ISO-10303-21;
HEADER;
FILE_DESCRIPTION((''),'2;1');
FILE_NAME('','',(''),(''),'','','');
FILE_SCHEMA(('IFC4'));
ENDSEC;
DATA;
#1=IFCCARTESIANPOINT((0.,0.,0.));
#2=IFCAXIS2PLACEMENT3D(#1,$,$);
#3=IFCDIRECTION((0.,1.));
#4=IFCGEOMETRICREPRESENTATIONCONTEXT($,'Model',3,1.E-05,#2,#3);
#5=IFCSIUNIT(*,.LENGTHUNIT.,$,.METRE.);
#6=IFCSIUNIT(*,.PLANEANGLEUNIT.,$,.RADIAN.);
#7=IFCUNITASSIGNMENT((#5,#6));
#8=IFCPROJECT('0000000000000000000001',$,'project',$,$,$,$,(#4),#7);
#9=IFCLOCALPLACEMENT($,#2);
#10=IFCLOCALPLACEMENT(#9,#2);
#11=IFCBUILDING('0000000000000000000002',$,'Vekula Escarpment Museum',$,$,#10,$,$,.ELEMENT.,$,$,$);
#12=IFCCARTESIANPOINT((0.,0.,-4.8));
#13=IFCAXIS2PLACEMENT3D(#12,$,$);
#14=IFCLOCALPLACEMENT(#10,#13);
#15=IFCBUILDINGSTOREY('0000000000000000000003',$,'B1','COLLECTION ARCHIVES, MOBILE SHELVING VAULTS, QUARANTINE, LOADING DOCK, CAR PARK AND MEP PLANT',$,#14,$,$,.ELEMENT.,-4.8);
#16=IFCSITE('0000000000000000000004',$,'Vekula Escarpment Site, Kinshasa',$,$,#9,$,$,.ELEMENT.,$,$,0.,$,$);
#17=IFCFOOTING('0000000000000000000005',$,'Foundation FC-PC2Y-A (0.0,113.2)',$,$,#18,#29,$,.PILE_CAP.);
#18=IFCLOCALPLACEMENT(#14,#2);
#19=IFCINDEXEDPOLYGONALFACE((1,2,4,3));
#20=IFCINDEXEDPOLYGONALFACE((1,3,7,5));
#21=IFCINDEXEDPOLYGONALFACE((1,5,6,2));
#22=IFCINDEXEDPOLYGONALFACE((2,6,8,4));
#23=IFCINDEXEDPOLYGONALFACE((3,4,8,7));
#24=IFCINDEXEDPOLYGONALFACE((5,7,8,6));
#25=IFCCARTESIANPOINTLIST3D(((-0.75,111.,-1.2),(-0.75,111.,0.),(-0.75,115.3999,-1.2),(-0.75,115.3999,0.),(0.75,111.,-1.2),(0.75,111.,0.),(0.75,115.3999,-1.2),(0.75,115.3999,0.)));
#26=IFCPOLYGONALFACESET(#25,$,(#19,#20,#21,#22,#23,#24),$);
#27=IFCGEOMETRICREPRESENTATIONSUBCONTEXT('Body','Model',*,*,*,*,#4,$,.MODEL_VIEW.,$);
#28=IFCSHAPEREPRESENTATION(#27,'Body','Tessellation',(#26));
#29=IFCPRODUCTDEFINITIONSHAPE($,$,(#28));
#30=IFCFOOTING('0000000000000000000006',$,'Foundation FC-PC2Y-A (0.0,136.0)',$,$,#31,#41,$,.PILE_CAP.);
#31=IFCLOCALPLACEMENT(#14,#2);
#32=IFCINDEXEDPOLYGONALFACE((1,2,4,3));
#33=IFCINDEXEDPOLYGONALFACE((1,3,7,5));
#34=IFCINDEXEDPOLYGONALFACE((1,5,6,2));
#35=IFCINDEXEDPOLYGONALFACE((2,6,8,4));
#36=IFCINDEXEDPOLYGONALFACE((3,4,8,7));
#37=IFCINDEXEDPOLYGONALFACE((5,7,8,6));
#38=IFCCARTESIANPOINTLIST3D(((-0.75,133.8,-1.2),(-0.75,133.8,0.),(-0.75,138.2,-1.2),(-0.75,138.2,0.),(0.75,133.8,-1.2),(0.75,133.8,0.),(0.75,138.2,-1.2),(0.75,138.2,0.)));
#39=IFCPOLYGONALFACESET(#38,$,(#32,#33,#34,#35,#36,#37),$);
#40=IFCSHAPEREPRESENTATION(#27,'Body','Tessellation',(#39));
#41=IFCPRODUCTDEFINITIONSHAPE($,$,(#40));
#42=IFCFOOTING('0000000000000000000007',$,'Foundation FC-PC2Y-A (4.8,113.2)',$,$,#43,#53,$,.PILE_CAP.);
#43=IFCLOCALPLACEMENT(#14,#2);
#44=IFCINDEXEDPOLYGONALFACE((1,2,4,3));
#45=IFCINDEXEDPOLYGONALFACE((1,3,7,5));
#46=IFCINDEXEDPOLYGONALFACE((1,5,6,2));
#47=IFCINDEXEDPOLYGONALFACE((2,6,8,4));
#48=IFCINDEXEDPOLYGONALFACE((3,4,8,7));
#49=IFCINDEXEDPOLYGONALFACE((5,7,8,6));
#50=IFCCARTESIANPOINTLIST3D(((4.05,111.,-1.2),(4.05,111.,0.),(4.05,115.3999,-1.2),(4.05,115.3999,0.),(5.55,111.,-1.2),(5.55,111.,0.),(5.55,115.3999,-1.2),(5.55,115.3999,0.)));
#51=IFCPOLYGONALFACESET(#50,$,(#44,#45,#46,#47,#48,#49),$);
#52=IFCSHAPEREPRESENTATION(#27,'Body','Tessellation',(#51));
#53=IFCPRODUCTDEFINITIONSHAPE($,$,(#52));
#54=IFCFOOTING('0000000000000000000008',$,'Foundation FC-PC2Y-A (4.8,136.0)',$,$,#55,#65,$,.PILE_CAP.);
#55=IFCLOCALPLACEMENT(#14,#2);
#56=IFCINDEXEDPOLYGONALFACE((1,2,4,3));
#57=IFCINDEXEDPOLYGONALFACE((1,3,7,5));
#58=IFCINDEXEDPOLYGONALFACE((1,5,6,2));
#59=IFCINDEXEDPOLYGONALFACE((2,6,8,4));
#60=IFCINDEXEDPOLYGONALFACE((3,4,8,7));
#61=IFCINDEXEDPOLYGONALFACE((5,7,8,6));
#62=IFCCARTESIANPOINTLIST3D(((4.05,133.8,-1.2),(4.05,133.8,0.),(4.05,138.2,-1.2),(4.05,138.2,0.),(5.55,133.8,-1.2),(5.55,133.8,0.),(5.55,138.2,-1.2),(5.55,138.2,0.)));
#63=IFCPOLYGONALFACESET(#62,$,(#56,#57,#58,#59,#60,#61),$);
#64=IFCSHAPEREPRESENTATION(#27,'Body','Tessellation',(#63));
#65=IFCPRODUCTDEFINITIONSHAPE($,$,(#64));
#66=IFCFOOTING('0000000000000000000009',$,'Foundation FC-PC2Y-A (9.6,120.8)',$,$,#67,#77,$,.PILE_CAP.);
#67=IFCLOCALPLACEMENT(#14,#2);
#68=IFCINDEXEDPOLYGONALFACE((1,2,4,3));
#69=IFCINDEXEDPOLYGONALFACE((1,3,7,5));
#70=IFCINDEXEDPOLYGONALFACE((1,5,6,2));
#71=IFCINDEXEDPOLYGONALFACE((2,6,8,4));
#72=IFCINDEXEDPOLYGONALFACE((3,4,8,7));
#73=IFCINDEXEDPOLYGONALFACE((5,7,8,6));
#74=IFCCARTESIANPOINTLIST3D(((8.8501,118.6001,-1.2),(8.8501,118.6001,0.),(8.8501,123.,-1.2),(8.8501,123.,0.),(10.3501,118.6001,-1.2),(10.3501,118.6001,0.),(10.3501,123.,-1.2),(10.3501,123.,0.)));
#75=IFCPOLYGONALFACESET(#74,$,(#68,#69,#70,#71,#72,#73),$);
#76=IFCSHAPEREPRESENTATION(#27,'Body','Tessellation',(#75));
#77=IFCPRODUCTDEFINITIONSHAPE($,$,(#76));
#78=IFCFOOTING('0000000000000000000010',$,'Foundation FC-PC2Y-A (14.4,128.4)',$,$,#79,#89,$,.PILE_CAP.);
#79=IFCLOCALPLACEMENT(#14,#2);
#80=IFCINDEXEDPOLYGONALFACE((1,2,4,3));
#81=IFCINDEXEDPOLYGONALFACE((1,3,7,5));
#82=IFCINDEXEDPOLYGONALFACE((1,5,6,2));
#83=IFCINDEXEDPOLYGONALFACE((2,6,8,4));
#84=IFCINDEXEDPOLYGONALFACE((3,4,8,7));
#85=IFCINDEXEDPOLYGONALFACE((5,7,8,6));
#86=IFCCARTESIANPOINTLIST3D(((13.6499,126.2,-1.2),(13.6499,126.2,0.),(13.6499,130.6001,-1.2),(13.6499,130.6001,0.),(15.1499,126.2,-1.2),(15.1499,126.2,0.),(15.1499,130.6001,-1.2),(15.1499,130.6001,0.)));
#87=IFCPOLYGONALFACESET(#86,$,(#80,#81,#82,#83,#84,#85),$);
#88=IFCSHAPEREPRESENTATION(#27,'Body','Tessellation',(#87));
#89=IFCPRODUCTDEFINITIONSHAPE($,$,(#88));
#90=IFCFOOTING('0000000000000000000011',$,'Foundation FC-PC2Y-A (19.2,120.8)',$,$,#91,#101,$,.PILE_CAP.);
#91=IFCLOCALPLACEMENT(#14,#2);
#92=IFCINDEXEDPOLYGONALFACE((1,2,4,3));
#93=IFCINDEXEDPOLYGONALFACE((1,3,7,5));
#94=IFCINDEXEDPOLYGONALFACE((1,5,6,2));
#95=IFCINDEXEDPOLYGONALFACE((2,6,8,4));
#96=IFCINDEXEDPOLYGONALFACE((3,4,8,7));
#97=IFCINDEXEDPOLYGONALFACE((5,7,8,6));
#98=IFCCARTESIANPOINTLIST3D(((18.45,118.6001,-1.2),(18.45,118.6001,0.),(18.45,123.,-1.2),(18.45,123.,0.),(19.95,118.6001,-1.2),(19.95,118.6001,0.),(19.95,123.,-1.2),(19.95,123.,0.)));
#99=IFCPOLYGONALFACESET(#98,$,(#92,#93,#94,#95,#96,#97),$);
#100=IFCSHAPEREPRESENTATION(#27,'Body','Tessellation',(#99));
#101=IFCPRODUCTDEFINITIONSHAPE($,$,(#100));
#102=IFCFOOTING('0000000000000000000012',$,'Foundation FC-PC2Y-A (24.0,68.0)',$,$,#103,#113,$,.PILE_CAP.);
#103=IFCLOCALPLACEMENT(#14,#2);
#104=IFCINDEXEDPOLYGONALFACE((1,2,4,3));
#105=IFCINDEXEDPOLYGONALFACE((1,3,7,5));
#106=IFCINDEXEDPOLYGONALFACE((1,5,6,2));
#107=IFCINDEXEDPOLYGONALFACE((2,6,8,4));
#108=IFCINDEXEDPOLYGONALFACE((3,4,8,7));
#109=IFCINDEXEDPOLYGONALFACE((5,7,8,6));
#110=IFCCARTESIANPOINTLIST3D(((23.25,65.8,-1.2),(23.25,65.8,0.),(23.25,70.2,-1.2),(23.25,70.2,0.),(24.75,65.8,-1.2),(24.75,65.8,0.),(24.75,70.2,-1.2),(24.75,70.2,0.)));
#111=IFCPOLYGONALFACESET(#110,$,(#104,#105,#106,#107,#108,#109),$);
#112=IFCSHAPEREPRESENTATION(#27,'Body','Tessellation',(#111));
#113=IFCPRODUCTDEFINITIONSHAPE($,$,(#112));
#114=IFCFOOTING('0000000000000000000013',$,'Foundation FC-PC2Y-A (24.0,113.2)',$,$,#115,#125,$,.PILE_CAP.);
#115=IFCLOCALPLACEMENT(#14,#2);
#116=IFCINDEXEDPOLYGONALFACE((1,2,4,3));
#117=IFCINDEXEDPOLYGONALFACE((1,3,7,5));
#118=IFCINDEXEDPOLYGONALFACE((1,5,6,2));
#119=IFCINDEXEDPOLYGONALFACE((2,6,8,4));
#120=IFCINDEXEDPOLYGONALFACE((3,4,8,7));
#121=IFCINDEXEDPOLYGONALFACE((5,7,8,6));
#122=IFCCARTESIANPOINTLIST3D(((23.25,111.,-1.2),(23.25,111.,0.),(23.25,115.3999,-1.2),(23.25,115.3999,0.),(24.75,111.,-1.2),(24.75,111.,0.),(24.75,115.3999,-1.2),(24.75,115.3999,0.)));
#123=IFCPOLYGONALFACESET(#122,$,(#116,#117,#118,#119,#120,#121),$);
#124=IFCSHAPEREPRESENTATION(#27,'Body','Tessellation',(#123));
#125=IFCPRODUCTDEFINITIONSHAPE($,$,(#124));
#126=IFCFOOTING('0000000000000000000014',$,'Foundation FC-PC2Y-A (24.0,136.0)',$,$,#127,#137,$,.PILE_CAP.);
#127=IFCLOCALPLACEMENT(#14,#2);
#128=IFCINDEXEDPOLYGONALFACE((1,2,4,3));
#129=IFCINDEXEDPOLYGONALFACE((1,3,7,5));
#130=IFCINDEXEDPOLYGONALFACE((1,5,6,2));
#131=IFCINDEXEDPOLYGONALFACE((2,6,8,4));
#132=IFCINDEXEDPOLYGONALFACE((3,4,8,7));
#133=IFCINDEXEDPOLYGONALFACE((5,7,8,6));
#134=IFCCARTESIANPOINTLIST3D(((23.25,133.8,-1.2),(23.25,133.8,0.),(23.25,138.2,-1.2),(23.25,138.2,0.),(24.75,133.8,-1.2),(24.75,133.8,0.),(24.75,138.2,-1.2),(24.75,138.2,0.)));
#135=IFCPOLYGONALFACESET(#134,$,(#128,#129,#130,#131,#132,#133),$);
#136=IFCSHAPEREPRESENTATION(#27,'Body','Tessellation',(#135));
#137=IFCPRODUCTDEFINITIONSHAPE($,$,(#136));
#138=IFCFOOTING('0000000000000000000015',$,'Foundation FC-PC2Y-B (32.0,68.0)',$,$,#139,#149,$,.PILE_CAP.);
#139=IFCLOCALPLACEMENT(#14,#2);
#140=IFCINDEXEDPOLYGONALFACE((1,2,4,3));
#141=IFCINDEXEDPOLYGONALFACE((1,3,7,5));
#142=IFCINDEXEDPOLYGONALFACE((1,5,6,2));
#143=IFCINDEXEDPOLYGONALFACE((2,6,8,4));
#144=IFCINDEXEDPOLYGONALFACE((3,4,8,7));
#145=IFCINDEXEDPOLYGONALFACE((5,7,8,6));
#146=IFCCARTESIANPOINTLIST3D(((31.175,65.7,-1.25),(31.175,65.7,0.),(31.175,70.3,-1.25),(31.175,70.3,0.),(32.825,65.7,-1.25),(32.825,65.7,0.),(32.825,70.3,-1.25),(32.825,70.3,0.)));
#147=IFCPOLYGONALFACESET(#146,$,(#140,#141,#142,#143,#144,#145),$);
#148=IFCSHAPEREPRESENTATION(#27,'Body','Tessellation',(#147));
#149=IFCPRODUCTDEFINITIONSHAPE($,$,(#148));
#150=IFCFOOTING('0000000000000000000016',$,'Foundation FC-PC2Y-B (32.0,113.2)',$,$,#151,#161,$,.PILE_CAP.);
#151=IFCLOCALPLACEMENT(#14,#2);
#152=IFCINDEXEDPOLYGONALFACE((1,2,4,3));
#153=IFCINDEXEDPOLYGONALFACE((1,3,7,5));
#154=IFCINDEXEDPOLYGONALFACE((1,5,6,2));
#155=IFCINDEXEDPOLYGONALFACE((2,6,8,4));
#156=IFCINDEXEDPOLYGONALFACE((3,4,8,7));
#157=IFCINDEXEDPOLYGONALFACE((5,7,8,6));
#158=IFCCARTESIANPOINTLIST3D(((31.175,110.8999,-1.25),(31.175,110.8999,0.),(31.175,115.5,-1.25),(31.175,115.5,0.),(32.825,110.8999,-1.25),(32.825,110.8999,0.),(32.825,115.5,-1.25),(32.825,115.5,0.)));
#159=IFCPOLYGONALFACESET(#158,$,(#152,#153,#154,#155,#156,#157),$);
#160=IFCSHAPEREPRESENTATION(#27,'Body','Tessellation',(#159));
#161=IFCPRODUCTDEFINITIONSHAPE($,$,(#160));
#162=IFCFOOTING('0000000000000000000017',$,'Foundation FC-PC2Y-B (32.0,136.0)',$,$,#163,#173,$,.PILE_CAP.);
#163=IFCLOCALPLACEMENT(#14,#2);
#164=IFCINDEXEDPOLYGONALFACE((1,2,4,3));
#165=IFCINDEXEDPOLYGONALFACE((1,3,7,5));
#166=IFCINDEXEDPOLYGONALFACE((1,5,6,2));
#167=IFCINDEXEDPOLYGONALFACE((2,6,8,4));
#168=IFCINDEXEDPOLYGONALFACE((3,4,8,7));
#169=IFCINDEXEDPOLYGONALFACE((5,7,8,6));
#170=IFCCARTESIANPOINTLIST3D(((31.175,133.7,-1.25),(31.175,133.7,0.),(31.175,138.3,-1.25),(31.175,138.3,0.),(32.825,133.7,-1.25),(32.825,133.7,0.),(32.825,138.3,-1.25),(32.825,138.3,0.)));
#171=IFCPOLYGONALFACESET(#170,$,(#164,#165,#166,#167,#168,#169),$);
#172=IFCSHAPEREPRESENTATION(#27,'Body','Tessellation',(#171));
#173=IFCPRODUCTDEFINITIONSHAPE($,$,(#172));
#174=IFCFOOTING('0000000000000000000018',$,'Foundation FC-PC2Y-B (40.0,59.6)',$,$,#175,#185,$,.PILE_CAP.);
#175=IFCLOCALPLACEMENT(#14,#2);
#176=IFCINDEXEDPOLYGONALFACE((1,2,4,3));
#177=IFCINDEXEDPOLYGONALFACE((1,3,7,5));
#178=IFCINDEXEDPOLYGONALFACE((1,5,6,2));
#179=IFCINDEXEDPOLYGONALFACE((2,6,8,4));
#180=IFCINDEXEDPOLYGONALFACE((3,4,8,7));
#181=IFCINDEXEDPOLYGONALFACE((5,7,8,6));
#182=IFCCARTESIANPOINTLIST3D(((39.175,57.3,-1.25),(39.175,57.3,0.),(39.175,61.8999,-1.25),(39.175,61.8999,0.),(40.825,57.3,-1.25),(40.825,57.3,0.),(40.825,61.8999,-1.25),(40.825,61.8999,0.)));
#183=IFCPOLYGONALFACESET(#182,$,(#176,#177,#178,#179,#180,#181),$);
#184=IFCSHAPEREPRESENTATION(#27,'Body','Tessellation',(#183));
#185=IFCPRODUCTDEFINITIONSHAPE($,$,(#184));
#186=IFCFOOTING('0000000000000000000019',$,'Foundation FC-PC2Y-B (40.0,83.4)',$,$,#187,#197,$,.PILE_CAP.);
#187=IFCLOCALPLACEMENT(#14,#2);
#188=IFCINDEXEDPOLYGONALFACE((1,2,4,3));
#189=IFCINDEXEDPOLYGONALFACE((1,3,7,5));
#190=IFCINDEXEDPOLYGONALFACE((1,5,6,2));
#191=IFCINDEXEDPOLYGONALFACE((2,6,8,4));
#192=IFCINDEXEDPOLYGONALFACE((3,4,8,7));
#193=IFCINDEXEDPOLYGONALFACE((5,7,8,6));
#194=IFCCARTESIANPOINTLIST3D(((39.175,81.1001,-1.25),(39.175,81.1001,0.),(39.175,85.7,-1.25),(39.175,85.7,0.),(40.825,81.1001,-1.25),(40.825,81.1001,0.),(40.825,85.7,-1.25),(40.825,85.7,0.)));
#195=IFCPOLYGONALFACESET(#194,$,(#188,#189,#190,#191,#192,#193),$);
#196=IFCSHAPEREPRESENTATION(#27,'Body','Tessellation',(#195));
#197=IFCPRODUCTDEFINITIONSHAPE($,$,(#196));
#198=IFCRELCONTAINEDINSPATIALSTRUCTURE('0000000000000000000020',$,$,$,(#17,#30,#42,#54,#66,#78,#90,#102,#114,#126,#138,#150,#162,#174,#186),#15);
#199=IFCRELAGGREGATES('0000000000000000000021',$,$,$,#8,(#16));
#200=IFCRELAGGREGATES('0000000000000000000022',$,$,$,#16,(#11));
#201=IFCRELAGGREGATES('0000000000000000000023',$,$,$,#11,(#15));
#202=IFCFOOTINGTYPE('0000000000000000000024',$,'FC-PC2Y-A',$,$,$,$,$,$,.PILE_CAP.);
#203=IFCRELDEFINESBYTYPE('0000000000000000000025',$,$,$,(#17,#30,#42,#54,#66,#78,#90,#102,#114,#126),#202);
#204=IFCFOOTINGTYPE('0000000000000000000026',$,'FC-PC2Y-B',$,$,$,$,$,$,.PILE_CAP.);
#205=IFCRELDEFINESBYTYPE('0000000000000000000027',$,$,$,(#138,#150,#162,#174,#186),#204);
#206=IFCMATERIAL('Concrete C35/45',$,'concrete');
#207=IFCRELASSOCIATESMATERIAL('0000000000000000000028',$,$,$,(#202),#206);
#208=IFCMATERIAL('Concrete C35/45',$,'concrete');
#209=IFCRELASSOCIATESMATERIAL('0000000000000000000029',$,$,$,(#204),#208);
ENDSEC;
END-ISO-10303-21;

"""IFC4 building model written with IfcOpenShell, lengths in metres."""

from ifc_helpers import new_model, si_unit, direction, frame, origin, place, context, subcontext, project, spatial, polyline, outline, extrude, material, type_object, element, save


model = new_model("IFC4")

# Units and contexts
model_context = context("Model", 3, precision=1e-05, world=origin(), true_north=direction((0.0, 1.0)))
body_context = subcontext(model_context, "Body", "Model", "MODEL_VIEW")
ifc_project = project(units=[si_unit("LENGTHUNIT", "METRE"), si_unit("PLANEANGLEUNIT", "RADIAN")], contexts=[model_context])

# Site, building, storey
site_placement = place(None, origin())
site = spatial("IfcSite", under=ifc_project, at=site_placement, Name="Vekula Escarpment Site, Kinshasa", CompositionType="ELEMENT", RefElevation=0.0)
building_placement = place(site_placement, origin())
building = spatial("IfcBuilding", under=site, at=building_placement, Name="Vekula Escarpment Museum", CompositionType="ELEMENT")
storey_placement = place(building_placement, frame((0.0, 0.0, -4.8)))
storey = spatial("IfcBuildingStorey", under=building, at=storey_placement, Name="B1", Description="COLLECTION ARCHIVES, MOBILE SHELVING VAULTS, QUARANTINE, LOADING DOCK, CAR PARK AND MEP PLANT", CompositionType="ELEMENT", Elevation=-4.8)

# Footings
ifc_material_1 = material(Name="Concrete C35/45", Category="concrete")
footing_type_1 = type_object("IfcFootingType", Name="FC-PC2Y-A", PredefinedType="PILE_CAP", material=ifc_material_1)
footing_1_placement = place(storey_placement, frame((0.0, 0.0, -1.2)))
element("IfcFooting", 1, at=footing_1_placement, inside=storey, type_object=footing_type_1, Name="Foundation FC-PC2Y-A (0.0,113.2)", PredefinedType="PILE_CAP", context=body_context, shape_type="SweptSolid", body=[
    extrude(outline(polyline([(-0.75, 111.0), (0.75, 111.0), (0.75, 115.3999), (-0.75, 115.3999), (-0.75, 111.0)])), origin(), (0.0, 0.0, 1.0), 1.2),
])
footing_2_placement = place(storey_placement, frame((0.0, 0.0, -1.2)))
element("IfcFooting", 2, at=footing_2_placement, inside=storey, type_object=footing_type_1, Name="Foundation FC-PC2Y-A (0.0,136.0)", PredefinedType="PILE_CAP", context=body_context, shape_type="SweptSolid", body=[
    extrude(outline(polyline([(-0.75, 133.8), (0.75, 133.8), (0.75, 138.2), (-0.75, 138.2), (-0.75, 133.8)])), origin(), (0.0, 0.0, 1.0), 1.2),
])
footing_3_placement = place(storey_placement, frame((0.0, 0.0, -1.2)))
element("IfcFooting", 3, at=footing_3_placement, inside=storey, type_object=footing_type_1, Name="Foundation FC-PC2Y-A (4.8,113.2)", PredefinedType="PILE_CAP", context=body_context, shape_type="SweptSolid", body=[
    extrude(outline(polyline([(4.05, 111.0), (5.55, 111.0), (5.55, 115.3999), (4.05, 115.3999), (4.05, 111.0)])), origin(), (0.0, 0.0, 1.0), 1.2),
])
footing_4_placement = place(storey_placement, frame((0.0, 0.0, -1.2)))
element("IfcFooting", 4, at=footing_4_placement, inside=storey, type_object=footing_type_1, Name="Foundation FC-PC2Y-A (4.8,136.0)", PredefinedType="PILE_CAP", context=body_context, shape_type="SweptSolid", body=[
    extrude(outline(polyline([(4.05, 133.8), (5.55, 133.8), (5.55, 138.2), (4.05, 138.2), (4.05, 133.8)])), origin(), (0.0, 0.0, 1.0), 1.2),
])
footing_5_placement = place(storey_placement, frame((0.0, 0.0, -1.2)))
element("IfcFooting", 5, at=footing_5_placement, inside=storey, type_object=footing_type_1, Name="Foundation FC-PC2Y-A (9.6,120.8)", PredefinedType="PILE_CAP", context=body_context, shape_type="SweptSolid", body=[
    extrude(outline(polyline([(8.8501, 118.6001), (10.3501, 118.6001), (10.3501, 123.0), (8.8501, 123.0), (8.8501, 118.6001)])), origin(), (0.0, 0.0, 1.0), 1.2),
])
footing_6_placement = place(storey_placement, frame((0.0, 0.0, -1.2)))
element("IfcFooting", 6, at=footing_6_placement, inside=storey, type_object=footing_type_1, Name="Foundation FC-PC2Y-A (14.4,128.4)", PredefinedType="PILE_CAP", context=body_context, shape_type="SweptSolid", body=[
    extrude(outline(polyline([(13.6499, 126.2), (15.1499, 126.2), (15.1499, 130.6001), (13.6499, 130.6001), (13.6499, 126.2)])), origin(), (0.0, 0.0, 1.0), 1.2),
])
footing_7_placement = place(storey_placement, frame((0.0, 0.0, -1.2)))
element("IfcFooting", 7, at=footing_7_placement, inside=storey, type_object=footing_type_1, Name="Foundation FC-PC2Y-A (19.2,120.8)", PredefinedType="PILE_CAP", context=body_context, shape_type="SweptSolid", body=[
    extrude(outline(polyline([(18.45, 118.6001), (19.95, 118.6001), (19.95, 123.0), (18.45, 123.0), (18.45, 118.6001)])), origin(), (0.0, 0.0, 1.0), 1.2),
])
footing_8_placement = place(storey_placement, frame((0.0, 0.0, -1.2)))
element("IfcFooting", 8, at=footing_8_placement, inside=storey, type_object=footing_type_1, Name="Foundation FC-PC2Y-A (24.0,68.0)", PredefinedType="PILE_CAP", context=body_context, shape_type="SweptSolid", body=[
    extrude(outline(polyline([(23.25, 65.8), (24.75, 65.8), (24.75, 70.2), (23.25, 70.2), (23.25, 65.8)])), origin(), (0.0, 0.0, 1.0), 1.2),
])
footing_9_placement = place(storey_placement, frame((0.0, 0.0, -1.2)))
element("IfcFooting", 9, at=footing_9_placement, inside=storey, type_object=footing_type_1, Name="Foundation FC-PC2Y-A (24.0,113.2)", PredefinedType="PILE_CAP", context=body_context, shape_type="SweptSolid", body=[
    extrude(outline(polyline([(23.25, 111.0), (24.75, 111.0), (24.75, 115.3999), (23.25, 115.3999), (23.25, 111.0)])), origin(), (0.0, 0.0, 1.0), 1.2),
])
footing_10_placement = place(storey_placement, frame((0.0, 0.0, -1.2)))
element("IfcFooting", 10, at=footing_10_placement, inside=storey, type_object=footing_type_1, Name="Foundation FC-PC2Y-A (24.0,136.0)", PredefinedType="PILE_CAP", context=body_context, shape_type="SweptSolid", body=[
    extrude(outline(polyline([(23.25, 133.8), (24.75, 133.8), (24.75, 138.2), (23.25, 138.2), (23.25, 133.8)])), origin(), (0.0, 0.0, 1.0), 1.2),
])
ifc_material_2 = material(Name="Concrete C35/45", Category="concrete")
footing_type_2 = type_object("IfcFootingType", Name="FC-PC2Y-B", PredefinedType="PILE_CAP", material=ifc_material_2)
footing_11_placement = place(storey_placement, frame((0.0, 0.0, -1.25)))
element("IfcFooting", 11, at=footing_11_placement, inside=storey, type_object=footing_type_2, Name="Foundation FC-PC2Y-B (32.0,68.0)", PredefinedType="PILE_CAP", context=body_context, shape_type="SweptSolid", body=[
    extrude(outline(polyline([(31.175, 65.7), (32.825, 65.7), (32.825, 70.3), (31.175, 70.3), (31.175, 65.7)])), origin(), (0.0, 0.0, 1.0), 1.25),
])
footing_12_placement = place(storey_placement, frame((0.0, 0.0, -1.25)))
element("IfcFooting", 12, at=footing_12_placement, inside=storey, type_object=footing_type_2, Name="Foundation FC-PC2Y-B (32.0,113.2)", PredefinedType="PILE_CAP", context=body_context, shape_type="SweptSolid", body=[
    extrude(outline(polyline([(31.175, 110.8999), (32.825, 110.8999), (32.825, 115.5), (31.175, 115.5), (31.175, 110.8999)])), origin(), (0.0, 0.0, 1.0), 1.25),
])
footing_13_placement = place(storey_placement, frame((0.0, 0.0, -1.25)))
element("IfcFooting", 13, at=footing_13_placement, inside=storey, type_object=footing_type_2, Name="Foundation FC-PC2Y-B (32.0,136.0)", PredefinedType="PILE_CAP", context=body_context, shape_type="SweptSolid", body=[
    extrude(outline(polyline([(31.175, 133.7), (32.825, 133.7), (32.825, 138.3), (31.175, 138.3), (31.175, 133.7)])), origin(), (0.0, 0.0, 1.0), 1.25),
])
footing_14_placement = place(storey_placement, frame((0.0, 0.0, -1.25)))
element("IfcFooting", 14, at=footing_14_placement, inside=storey, type_object=footing_type_2, Name="Foundation FC-PC2Y-B (40.0,59.6)", PredefinedType="PILE_CAP", context=body_context, shape_type="SweptSolid", body=[
    extrude(outline(polyline([(39.175, 57.3), (40.825, 57.3), (40.825, 61.8999), (39.175, 61.8999), (39.175, 57.3)])), origin(), (0.0, 0.0, 1.0), 1.25),
])
footing_15_placement = place(storey_placement, frame((0.0, 0.0, -1.25)))
element("IfcFooting", 15, at=footing_15_placement, inside=storey, type_object=footing_type_2, Name="Foundation FC-PC2Y-B (40.0,83.4)", PredefinedType="PILE_CAP", context=body_context, shape_type="SweptSolid", body=[
    extrude(outline(polyline([(39.175, 81.1001), (40.825, 81.1001), (40.825, 85.7), (39.175, 85.7), (39.175, 81.1001)])), origin(), (0.0, 0.0, 1.0), 1.25),
])

save(model, "model.ifc")
